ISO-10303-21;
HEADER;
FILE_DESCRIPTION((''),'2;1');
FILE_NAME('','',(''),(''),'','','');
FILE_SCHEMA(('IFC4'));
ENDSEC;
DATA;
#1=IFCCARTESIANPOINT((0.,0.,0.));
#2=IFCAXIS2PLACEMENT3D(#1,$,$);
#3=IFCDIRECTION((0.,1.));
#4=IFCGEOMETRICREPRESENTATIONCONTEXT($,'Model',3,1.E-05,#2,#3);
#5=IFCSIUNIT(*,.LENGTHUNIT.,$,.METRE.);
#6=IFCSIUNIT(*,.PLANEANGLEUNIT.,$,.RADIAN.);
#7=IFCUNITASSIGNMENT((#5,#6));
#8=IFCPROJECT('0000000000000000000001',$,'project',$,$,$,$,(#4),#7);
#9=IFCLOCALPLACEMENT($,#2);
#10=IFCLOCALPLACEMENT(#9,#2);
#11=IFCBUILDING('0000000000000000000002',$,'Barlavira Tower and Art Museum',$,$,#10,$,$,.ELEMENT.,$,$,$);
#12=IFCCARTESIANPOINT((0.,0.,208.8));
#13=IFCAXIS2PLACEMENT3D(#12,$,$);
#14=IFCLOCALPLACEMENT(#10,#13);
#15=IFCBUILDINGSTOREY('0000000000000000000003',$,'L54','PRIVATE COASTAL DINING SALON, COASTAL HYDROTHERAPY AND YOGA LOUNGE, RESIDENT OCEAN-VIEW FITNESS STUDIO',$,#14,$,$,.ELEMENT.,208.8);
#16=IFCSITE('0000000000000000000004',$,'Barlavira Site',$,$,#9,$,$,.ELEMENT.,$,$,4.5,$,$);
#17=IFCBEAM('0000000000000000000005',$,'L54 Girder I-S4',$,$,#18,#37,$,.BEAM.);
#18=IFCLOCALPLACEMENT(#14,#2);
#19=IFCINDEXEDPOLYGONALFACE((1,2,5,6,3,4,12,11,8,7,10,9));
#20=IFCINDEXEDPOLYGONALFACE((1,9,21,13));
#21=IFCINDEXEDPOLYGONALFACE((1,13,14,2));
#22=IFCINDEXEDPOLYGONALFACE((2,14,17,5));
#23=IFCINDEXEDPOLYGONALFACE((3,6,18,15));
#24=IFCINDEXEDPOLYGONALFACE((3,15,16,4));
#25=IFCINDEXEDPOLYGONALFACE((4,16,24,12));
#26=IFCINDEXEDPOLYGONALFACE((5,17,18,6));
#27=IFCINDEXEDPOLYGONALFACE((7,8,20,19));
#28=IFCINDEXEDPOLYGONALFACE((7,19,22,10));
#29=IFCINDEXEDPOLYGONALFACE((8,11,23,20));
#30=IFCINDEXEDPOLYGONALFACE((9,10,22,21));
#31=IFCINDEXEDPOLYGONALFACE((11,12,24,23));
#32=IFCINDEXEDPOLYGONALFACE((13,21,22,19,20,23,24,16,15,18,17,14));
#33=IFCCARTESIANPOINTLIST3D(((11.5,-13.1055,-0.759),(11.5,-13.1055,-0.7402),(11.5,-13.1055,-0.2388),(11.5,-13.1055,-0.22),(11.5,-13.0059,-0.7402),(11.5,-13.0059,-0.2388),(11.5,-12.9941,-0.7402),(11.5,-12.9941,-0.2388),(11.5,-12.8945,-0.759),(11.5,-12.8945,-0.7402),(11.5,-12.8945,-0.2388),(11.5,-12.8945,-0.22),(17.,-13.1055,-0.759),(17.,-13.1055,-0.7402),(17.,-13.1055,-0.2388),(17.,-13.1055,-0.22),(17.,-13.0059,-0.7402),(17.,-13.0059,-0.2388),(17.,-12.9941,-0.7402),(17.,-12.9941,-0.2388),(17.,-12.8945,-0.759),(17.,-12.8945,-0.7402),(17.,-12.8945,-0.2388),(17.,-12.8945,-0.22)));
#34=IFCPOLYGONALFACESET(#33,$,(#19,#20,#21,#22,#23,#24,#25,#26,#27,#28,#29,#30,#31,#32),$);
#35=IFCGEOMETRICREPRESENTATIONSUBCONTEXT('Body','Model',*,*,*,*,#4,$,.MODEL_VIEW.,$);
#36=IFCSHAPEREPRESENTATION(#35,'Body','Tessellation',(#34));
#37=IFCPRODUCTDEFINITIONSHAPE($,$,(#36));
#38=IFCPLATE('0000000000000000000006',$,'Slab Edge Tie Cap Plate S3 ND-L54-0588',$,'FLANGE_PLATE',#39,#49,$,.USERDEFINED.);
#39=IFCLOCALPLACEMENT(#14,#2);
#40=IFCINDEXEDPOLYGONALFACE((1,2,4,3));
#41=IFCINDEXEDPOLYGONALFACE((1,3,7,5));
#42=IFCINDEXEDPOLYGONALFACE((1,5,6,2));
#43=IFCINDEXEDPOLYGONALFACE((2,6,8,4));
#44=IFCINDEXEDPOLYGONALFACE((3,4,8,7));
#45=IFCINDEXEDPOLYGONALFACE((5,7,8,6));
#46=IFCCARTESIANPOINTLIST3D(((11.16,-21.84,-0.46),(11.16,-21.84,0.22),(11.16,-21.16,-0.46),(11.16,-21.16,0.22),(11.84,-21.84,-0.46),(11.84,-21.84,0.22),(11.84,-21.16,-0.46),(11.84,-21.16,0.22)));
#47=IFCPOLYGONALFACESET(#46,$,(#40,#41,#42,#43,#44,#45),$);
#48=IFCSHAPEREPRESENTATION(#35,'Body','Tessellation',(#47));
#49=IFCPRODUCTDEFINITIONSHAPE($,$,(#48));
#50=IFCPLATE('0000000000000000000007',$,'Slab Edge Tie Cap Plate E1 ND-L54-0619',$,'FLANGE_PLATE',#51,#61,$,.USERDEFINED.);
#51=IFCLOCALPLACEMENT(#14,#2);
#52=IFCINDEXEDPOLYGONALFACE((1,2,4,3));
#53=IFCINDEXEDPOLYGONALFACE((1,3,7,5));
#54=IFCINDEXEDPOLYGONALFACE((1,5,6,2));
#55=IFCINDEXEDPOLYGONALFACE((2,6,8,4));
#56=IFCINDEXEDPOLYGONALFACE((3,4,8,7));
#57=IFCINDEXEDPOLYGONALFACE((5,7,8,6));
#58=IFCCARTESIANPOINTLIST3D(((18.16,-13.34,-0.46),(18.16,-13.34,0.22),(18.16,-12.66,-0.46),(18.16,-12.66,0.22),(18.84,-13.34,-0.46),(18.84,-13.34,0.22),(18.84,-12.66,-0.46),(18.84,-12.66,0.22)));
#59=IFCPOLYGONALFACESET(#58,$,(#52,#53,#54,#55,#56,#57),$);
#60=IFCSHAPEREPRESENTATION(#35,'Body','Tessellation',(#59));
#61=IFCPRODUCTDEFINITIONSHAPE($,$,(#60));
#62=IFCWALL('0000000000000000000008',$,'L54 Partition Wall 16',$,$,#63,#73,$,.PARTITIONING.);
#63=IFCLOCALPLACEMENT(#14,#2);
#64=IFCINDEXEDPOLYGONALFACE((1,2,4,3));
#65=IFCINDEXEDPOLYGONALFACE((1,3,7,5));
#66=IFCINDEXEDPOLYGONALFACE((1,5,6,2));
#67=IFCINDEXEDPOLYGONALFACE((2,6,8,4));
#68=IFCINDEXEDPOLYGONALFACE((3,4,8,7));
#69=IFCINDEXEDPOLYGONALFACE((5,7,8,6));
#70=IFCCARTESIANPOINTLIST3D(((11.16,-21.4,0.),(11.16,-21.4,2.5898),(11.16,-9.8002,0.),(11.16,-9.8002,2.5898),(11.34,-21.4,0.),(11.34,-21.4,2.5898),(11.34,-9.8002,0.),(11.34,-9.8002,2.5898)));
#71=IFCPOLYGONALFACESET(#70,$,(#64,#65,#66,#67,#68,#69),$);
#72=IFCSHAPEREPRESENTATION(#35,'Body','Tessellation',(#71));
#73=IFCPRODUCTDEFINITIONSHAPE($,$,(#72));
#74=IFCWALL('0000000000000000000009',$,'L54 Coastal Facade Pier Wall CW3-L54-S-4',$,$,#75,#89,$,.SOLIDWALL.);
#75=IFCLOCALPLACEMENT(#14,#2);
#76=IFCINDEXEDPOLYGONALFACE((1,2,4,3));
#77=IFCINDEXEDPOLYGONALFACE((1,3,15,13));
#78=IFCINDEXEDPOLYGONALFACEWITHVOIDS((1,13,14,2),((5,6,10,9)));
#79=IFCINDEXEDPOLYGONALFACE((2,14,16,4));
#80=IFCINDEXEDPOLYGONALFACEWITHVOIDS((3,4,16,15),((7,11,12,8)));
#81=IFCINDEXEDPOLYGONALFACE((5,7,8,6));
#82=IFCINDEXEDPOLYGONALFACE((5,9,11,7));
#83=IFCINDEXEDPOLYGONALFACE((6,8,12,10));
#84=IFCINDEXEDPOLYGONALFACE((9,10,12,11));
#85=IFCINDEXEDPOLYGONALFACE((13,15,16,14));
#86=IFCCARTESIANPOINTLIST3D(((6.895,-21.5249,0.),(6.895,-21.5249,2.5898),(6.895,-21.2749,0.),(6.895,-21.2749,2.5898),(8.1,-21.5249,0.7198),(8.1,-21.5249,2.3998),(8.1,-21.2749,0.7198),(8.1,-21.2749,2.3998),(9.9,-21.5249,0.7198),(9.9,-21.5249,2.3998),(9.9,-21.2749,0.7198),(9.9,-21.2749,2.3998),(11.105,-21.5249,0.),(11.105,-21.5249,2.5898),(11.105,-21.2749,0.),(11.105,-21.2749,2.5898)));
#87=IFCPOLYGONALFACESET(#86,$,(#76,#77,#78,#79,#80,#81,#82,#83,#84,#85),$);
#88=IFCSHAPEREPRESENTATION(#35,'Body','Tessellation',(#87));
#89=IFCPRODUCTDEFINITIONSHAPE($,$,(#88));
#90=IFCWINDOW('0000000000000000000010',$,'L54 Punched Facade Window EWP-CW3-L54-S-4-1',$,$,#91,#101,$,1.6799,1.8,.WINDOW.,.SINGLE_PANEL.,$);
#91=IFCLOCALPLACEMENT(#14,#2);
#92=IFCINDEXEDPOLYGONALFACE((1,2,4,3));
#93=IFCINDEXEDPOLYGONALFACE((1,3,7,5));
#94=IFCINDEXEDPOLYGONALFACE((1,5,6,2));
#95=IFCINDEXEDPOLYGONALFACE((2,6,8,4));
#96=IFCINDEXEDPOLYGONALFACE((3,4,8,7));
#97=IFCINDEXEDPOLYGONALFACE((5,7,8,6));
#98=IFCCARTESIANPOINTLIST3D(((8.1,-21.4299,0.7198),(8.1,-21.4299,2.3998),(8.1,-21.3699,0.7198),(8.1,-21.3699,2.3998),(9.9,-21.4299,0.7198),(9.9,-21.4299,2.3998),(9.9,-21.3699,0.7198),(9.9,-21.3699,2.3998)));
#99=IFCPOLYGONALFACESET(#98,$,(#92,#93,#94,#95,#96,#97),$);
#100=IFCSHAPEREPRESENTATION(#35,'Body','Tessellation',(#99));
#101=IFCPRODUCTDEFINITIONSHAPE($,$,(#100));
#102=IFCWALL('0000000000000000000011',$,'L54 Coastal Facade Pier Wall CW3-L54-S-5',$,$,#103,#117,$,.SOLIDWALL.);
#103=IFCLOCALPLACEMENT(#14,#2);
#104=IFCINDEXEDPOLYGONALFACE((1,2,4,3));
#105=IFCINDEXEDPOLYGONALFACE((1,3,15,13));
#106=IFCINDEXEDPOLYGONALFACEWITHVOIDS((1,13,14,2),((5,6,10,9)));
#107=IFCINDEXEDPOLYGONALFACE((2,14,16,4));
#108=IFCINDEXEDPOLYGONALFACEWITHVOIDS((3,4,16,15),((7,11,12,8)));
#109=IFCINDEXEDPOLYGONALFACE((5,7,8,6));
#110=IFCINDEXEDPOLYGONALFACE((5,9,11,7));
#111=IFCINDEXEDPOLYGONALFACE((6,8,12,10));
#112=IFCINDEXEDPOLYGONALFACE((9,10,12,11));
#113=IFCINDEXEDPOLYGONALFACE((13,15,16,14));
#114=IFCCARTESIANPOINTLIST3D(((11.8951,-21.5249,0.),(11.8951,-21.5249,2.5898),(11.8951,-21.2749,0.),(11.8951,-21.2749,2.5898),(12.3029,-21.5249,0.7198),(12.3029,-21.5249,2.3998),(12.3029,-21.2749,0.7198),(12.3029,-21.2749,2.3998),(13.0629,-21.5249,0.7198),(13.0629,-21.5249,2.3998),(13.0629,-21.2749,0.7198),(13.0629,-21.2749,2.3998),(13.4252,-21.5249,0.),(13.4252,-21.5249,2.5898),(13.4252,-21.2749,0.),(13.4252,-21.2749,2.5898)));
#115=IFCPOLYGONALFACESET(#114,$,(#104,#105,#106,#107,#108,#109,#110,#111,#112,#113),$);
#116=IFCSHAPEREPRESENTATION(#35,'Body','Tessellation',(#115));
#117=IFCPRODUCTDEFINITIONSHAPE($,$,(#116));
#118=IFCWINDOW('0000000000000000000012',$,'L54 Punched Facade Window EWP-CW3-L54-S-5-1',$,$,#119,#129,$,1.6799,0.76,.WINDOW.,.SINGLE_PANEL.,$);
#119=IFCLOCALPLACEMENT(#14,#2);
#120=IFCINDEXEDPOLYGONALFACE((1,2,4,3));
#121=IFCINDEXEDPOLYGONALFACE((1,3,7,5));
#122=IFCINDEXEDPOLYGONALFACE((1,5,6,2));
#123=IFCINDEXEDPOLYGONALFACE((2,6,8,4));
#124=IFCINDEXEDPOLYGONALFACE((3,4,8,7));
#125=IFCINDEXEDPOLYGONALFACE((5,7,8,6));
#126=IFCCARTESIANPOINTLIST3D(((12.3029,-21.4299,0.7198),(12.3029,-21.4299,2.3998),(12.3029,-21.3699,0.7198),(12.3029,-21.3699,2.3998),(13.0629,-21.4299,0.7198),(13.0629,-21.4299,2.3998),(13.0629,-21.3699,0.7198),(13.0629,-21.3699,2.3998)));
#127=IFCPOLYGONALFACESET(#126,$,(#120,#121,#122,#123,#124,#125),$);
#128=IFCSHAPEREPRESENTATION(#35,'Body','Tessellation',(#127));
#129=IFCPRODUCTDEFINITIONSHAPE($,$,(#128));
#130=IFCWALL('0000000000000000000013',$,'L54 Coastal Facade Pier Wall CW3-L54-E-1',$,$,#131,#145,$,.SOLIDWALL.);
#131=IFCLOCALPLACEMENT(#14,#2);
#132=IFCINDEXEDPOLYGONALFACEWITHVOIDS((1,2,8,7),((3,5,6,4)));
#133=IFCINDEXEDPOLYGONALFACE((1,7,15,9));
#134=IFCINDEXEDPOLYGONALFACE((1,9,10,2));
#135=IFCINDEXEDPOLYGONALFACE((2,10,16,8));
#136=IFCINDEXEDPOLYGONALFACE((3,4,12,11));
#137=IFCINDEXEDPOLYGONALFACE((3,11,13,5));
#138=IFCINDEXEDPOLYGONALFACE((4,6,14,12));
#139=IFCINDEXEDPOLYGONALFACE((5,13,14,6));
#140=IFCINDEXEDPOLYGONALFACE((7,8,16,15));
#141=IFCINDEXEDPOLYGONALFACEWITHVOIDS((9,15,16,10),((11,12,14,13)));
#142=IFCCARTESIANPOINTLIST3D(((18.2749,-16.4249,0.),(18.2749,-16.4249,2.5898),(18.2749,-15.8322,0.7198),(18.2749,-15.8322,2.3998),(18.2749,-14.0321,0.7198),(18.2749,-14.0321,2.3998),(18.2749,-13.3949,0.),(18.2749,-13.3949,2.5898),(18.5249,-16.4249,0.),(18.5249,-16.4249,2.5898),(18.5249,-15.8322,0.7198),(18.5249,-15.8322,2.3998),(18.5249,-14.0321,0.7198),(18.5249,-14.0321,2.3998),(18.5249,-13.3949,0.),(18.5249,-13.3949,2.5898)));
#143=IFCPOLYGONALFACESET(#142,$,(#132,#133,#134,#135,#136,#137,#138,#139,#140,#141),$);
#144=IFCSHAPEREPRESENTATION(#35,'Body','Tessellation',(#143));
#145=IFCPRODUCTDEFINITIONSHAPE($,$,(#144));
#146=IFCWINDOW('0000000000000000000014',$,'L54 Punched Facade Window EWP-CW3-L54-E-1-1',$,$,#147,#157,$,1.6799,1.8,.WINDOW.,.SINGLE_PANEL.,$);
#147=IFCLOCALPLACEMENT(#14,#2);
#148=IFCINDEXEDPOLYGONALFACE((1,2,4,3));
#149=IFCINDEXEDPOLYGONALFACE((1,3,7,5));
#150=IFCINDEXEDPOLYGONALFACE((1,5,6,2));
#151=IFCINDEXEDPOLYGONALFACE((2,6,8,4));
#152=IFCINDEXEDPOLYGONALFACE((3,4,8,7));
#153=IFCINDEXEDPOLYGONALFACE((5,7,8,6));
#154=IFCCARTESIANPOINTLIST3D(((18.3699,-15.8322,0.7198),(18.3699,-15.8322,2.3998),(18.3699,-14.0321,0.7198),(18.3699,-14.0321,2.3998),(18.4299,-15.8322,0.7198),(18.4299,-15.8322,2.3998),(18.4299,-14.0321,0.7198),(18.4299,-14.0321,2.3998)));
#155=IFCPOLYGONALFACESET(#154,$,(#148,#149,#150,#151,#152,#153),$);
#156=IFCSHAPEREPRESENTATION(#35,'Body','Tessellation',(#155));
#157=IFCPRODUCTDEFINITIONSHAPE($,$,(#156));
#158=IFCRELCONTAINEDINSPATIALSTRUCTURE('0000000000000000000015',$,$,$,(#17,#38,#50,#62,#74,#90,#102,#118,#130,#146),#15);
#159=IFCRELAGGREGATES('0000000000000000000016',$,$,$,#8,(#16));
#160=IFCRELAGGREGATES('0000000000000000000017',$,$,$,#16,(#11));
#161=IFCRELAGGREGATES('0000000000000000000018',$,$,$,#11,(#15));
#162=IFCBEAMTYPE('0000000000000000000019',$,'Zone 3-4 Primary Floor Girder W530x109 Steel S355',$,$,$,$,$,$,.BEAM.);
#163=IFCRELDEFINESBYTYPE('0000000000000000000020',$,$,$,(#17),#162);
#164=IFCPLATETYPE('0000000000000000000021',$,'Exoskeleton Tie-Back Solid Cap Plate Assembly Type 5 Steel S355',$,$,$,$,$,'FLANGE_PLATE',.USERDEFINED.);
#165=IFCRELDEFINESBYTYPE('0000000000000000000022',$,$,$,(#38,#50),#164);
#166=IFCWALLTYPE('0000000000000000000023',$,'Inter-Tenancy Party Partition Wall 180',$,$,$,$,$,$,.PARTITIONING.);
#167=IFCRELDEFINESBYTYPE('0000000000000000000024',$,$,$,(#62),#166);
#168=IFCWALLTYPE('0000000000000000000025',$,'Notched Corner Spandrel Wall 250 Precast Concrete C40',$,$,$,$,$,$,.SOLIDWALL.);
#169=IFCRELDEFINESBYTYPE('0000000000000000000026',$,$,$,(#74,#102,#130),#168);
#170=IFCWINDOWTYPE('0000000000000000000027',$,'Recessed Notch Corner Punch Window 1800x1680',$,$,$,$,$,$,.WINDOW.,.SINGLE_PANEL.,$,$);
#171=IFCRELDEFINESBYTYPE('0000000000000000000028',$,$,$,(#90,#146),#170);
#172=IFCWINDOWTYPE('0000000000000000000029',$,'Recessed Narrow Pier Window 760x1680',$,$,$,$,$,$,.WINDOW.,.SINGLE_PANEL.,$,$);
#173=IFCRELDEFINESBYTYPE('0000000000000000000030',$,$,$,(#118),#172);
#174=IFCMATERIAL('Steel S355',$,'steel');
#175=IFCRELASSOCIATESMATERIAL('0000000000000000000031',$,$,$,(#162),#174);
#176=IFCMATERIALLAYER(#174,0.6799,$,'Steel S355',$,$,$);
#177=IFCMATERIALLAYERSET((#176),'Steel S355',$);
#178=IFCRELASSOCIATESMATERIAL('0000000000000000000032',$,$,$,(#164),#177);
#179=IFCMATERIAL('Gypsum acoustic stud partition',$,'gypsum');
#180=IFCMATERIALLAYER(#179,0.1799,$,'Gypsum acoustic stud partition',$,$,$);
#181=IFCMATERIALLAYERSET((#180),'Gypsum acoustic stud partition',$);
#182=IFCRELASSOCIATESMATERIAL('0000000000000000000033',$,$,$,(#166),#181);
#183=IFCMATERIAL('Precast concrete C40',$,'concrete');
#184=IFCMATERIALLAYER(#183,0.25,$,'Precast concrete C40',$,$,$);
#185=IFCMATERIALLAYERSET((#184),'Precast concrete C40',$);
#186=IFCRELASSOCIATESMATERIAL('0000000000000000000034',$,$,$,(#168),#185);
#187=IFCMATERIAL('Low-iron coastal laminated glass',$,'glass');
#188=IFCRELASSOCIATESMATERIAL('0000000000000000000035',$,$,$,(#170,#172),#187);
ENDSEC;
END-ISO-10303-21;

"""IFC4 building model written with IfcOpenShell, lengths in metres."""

from ifc_helpers import new_model, si_unit, direction, frame, frame_2d, origin, origin_2d, place, context, subcontext, project, spatial, rectangle, i_section, extrude, material, layer, layer_set, material_profile, profile_set, type_object, element, fill, save


model = new_model("IFC4")

# Units and contexts
model_context = context("Model", 3, precision=1e-05, world=origin(), true_north=direction((0.0, 1.0)))
body_context = subcontext(model_context, "Body", "Model", "MODEL_VIEW")
ifc_project = project(units=[si_unit("LENGTHUNIT", "METRE"), si_unit("PLANEANGLEUNIT", "RADIAN")], contexts=[model_context])

# Site, building, storey
site_placement = place(None, origin())
site = spatial("IfcSite", under=ifc_project, at=site_placement, Name="Barlavira Site", CompositionType="ELEMENT", RefElevation=4.5)
building_placement = place(site_placement, origin())
building = spatial("IfcBuilding", under=site, at=building_placement, Name="Barlavira Tower and Art Museum", CompositionType="ELEMENT")
storey_placement = place(building_placement, frame((0.0, 0.0, 208.8)))
storey = spatial("IfcBuildingStorey", under=building, at=storey_placement, Name="L54", Description="PRIVATE COASTAL DINING SALON, COASTAL HYDROTHERAPY AND YOGA LOUNGE, RESIDENT OCEAN-VIEW FITNESS STUDIO", CompositionType="ELEMENT", Elevation=208.8)

# Shared definitions
ifc_material_1 = material(Name="Steel S355", Category="steel")

# Beam
ifc_material_profile_1 = material_profile(ifc_material_1, i_section(OverallWidth=0.2109, OverallDepth=0.5391, WebThickness=0.0117, FlangeThickness=0.0188, at=origin_2d()), Name="W530x109.0")
ifc_profile_set_1 = profile_set([ifc_material_profile_1], Name="Steel S355")
beam_type_1 = type_object("IfcBeamType", Name="Zone 3-4 Primary Floor Girder W530x109 Steel S355", PredefinedType="BEAM", material=ifc_profile_set_1)
beam_1_placement = place(storey_placement, frame((11.5, -13.0, -0.4895), z_axis=(1.0, 0.0, 0.0), x_axis=(0.0, 1.0, 0.0)))
element("IfcBeam", 1, at=beam_1_placement, inside=storey, type_object=beam_type_1, Name="L54 Girder I-S4", PredefinedType="BEAM", context=body_context, shape_type="SweptSolid", body=[
    extrude(i_section(OverallWidth=0.2109, OverallDepth=0.5391, WebThickness=0.0117, FlangeThickness=0.0188, at=origin_2d()), origin(), (0.0, 0.0, 1.0), 5.5),
])

# Plates
ifc_layer_1 = layer(ifc_material_1, 0.6799, Name="Steel S355")
ifc_layer_set_1 = layer_set([ifc_layer_1], Name="Steel S355")
plate_type = type_object("IfcPlateType", Name="Exoskeleton Tie-Back Solid Cap Plate Assembly Type 5 Steel S355", ElementType="FLANGE_PLATE", PredefinedType="USERDEFINED", material=ifc_layer_set_1)
for number, where, z_axis, x_axis, name in (
    (2, (11.5, -21.5, -0.46), (0.0, 0.0, 1.0), (1.0, 0.0, 0.0), "Slab Edge Tie Cap Plate S3 ND-L54-0588"),
    (3, (18.5, -13.0, -0.46), (0.0, 0.0, 1.0), (1.0, 0.0, 0.0), "Slab Edge Tie Cap Plate E1 ND-L54-0619"),
):
    element("IfcPlate", number, at=place(storey_placement, frame(where, z_axis=z_axis, x_axis=x_axis)), inside=storey, type_object=plate_type, Name=name, ObjectType="FLANGE_PLATE", PredefinedType="USERDEFINED", context=body_context, shape_type="SweptSolid", body=[
        extrude(rectangle(XDim=0.6799, YDim=0.6799, at=origin_2d()), origin(), (0.0, 0.0, 1.0), 0.6799),
    ])

# Wall
ifc_material_2 = material(Name="Gypsum acoustic stud partition", Category="gypsum")
ifc_layer_2 = layer(ifc_material_2, 0.1799, Name="Gypsum acoustic stud partition")
ifc_layer_set_2 = layer_set([ifc_layer_2], Name="Gypsum acoustic stud partition")
wall_type_1 = type_object("IfcWallType", Name="Inter-Tenancy Party Partition Wall 180", PredefinedType="PARTITIONING", material=ifc_layer_set_2)
wall_1_placement = place(storey_placement, frame((11.25, -21.3999, 0.0), z_axis=(0.0, 0.0, 1.0), x_axis=(0.0, 1.0, 0.0)))
element("IfcWall", 4, at=wall_1_placement, inside=storey, type_object=wall_type_1, Name="L54 Partition Wall 16", PredefinedType="PARTITIONING", context=body_context, shape_type="SweptSolid", body=[
    extrude(rectangle(XDim=11.5999, YDim=0.1799, at=frame_2d((5.7998, 0.0))), origin(), (0.0, 0.0, 1.0), 2.5898),
])

# Walls, openings, windows
ifc_material_3 = material(Name="Precast concrete C40", Category="concrete")
ifc_layer_3 = layer(ifc_material_3, 0.25, Name="Precast concrete C40")
ifc_layer_set_3 = layer_set([ifc_layer_3], Name="Precast concrete C40")
wall_type_2 = type_object("IfcWallType", Name="Notched Corner Spandrel Wall 250 Precast Concrete C40", PredefinedType="SOLIDWALL", material=ifc_layer_set_3)
wall_2_placement = place(storey_placement, frame((6.895, -21.3999, 0.0), z_axis=(0.0, 0.0, 1.0), x_axis=(1.0, 0.0, 0.0)))
wall_2 = element("IfcWall", 5, at=wall_2_placement, inside=storey, type_object=wall_type_2, Name="L54 Coastal Facade Pier Wall CW3-L54-S-4", PredefinedType="SOLIDWALL", context=body_context, shape_type="SweptSolid", body=[
    extrude(rectangle(XDim=4.21, YDim=0.25, at=frame_2d((2.105, 0.0))), origin(), (0.0, 0.0, 1.0), 2.5898),
])
opening_1_placement = place(wall_2_placement, frame((1.2051, 0.0, 0.72)))
opening_1 = element("IfcOpeningElement", 6, at=opening_1_placement, cuts=wall_2, PredefinedType="OPENING", context=body_context, shape_type="SweptSolid", body=[
    extrude(rectangle(XDim=1.8, YDim=1.6799, at=frame_2d((0.8999, 0.8398))), frame((0.0, 0.135, 0.0), z_axis=(0.0, -1.0, 0.0), x_axis=(1.0, 0.0, 0.0)), (0.0, 0.0, 1.0), 0.27),
])
ifc_material_4 = material(Name="Low-iron coastal laminated glass", Category="glass")
window_type_1 = type_object("IfcWindowType", Name="Recessed Notch Corner Punch Window 1800x1680", PartitioningType="SINGLE_PANEL", PredefinedType="WINDOW", material=ifc_material_4)
window_1_placement = place(opening_1_placement, origin())
window_1 = element("IfcWindow", 7, at=window_1_placement, inside=storey, type_object=window_type_1, Name="L54 Punched Facade Window EWP-CW3-L54-S-4-1", OverallHeight=1.6799, OverallWidth=1.8, PartitioningType="SINGLE_PANEL", PredefinedType="WINDOW", context=body_context, shape_type="SweptSolid", body=[
    extrude(rectangle(XDim=1.8, YDim=1.6799, at=frame_2d((0.8999, 0.8398))), frame((0.0, 0.03, 0.0), z_axis=(0.0, -1.0, 0.0), x_axis=(1.0, 0.0, 0.0)), (0.0, 0.0, 1.0), 0.0601),
])
fill(opening_1, window_1)
wall_3_placement = place(storey_placement, frame((11.895, -21.3999, 0.0), z_axis=(0.0, 0.0, 1.0), x_axis=(1.0, 0.0, 0.0)))
wall_3 = element("IfcWall", 8, at=wall_3_placement, inside=storey, type_object=wall_type_2, Name="L54 Coastal Facade Pier Wall CW3-L54-S-5", PredefinedType="SOLIDWALL", context=body_context, shape_type="SweptSolid", body=[
    extrude(rectangle(XDim=1.53, YDim=0.25, at=frame_2d((0.7651, 0.0))), origin(), (0.0, 0.0, 1.0), 2.5898),
])
opening_2_placement = place(wall_3_placement, frame((0.408, 0.0, 0.72)))
opening_2 = element("IfcOpeningElement", 9, at=opening_2_placement, cuts=wall_3, PredefinedType="OPENING", context=body_context, shape_type="SweptSolid", body=[
    extrude(rectangle(XDim=0.76, YDim=1.6799, at=frame_2d((0.3799, 0.8398))), frame((0.0, 0.135, 0.0), z_axis=(0.0, -1.0, 0.0), x_axis=(1.0, 0.0, 0.0)), (0.0, 0.0, 1.0), 0.27),
])
window_type_2 = type_object("IfcWindowType", Name="Recessed Narrow Pier Window 760x1680", PartitioningType="SINGLE_PANEL", PredefinedType="WINDOW", material=ifc_material_4)
window_2_placement = place(opening_2_placement, origin())
window_2 = element("IfcWindow", 10, at=window_2_placement, inside=storey, type_object=window_type_2, Name="L54 Punched Facade Window EWP-CW3-L54-S-5-1", OverallHeight=1.6799, OverallWidth=0.76, PartitioningType="SINGLE_PANEL", PredefinedType="WINDOW", context=body_context, shape_type="SweptSolid", body=[
    extrude(rectangle(XDim=0.76, YDim=1.6799, at=frame_2d((0.3799, 0.8398))), frame((0.0, 0.03, 0.0), z_axis=(0.0, -1.0, 0.0), x_axis=(1.0, 0.0, 0.0)), (0.0, 0.0, 1.0), 0.0601),
])
fill(opening_2, window_2)
wall_4_placement = place(storey_placement, frame((18.3999, -16.425, 0.0), z_axis=(0.0, 0.0, 1.0), x_axis=(0.0, 1.0, 0.0)))
wall_4 = element("IfcWall", 11, at=wall_4_placement, inside=storey, type_object=wall_type_2, Name="L54 Coastal Facade Pier Wall CW3-L54-E-1", PredefinedType="SOLIDWALL", context=body_context, shape_type="SweptSolid", body=[
    extrude(rectangle(XDim=3.03, YDim=0.25, at=frame_2d((1.5151, 0.0))), origin(), (0.0, 0.0, 1.0), 2.5898),
])
opening_3_placement = place(wall_4_placement, frame((0.593, 0.0, 0.72)))
opening_3 = element("IfcOpeningElement", 12, at=opening_3_placement, cuts=wall_4, PredefinedType="OPENING", context=body_context, shape_type="SweptSolid", body=[
    extrude(rectangle(XDim=1.8, YDim=1.6799, at=frame_2d((0.8999, 0.8398))), frame((0.0, 0.135, 0.0), z_axis=(0.0, -1.0, 0.0), x_axis=(1.0, 0.0, 0.0)), (0.0, 0.0, 1.0), 0.27),
])
window_3_placement = place(opening_3_placement, origin())
window_3 = element("IfcWindow", 13, at=window_3_placement, inside=storey, type_object=window_type_1, Name="L54 Punched Facade Window EWP-CW3-L54-E-1-1", OverallHeight=1.6799, OverallWidth=1.8, PartitioningType="SINGLE_PANEL", PredefinedType="WINDOW", context=body_context, shape_type="SweptSolid", body=[
    extrude(rectangle(XDim=1.8, YDim=1.6799, at=frame_2d((0.8999, 0.8398))), frame((0.0, 0.03, 0.0), z_axis=(0.0, -1.0, 0.0), x_axis=(1.0, 0.0, 0.0)), (0.0, 0.0, 1.0), 0.0601),
])
fill(opening_3, window_3)

save(model, "model.ifc")
